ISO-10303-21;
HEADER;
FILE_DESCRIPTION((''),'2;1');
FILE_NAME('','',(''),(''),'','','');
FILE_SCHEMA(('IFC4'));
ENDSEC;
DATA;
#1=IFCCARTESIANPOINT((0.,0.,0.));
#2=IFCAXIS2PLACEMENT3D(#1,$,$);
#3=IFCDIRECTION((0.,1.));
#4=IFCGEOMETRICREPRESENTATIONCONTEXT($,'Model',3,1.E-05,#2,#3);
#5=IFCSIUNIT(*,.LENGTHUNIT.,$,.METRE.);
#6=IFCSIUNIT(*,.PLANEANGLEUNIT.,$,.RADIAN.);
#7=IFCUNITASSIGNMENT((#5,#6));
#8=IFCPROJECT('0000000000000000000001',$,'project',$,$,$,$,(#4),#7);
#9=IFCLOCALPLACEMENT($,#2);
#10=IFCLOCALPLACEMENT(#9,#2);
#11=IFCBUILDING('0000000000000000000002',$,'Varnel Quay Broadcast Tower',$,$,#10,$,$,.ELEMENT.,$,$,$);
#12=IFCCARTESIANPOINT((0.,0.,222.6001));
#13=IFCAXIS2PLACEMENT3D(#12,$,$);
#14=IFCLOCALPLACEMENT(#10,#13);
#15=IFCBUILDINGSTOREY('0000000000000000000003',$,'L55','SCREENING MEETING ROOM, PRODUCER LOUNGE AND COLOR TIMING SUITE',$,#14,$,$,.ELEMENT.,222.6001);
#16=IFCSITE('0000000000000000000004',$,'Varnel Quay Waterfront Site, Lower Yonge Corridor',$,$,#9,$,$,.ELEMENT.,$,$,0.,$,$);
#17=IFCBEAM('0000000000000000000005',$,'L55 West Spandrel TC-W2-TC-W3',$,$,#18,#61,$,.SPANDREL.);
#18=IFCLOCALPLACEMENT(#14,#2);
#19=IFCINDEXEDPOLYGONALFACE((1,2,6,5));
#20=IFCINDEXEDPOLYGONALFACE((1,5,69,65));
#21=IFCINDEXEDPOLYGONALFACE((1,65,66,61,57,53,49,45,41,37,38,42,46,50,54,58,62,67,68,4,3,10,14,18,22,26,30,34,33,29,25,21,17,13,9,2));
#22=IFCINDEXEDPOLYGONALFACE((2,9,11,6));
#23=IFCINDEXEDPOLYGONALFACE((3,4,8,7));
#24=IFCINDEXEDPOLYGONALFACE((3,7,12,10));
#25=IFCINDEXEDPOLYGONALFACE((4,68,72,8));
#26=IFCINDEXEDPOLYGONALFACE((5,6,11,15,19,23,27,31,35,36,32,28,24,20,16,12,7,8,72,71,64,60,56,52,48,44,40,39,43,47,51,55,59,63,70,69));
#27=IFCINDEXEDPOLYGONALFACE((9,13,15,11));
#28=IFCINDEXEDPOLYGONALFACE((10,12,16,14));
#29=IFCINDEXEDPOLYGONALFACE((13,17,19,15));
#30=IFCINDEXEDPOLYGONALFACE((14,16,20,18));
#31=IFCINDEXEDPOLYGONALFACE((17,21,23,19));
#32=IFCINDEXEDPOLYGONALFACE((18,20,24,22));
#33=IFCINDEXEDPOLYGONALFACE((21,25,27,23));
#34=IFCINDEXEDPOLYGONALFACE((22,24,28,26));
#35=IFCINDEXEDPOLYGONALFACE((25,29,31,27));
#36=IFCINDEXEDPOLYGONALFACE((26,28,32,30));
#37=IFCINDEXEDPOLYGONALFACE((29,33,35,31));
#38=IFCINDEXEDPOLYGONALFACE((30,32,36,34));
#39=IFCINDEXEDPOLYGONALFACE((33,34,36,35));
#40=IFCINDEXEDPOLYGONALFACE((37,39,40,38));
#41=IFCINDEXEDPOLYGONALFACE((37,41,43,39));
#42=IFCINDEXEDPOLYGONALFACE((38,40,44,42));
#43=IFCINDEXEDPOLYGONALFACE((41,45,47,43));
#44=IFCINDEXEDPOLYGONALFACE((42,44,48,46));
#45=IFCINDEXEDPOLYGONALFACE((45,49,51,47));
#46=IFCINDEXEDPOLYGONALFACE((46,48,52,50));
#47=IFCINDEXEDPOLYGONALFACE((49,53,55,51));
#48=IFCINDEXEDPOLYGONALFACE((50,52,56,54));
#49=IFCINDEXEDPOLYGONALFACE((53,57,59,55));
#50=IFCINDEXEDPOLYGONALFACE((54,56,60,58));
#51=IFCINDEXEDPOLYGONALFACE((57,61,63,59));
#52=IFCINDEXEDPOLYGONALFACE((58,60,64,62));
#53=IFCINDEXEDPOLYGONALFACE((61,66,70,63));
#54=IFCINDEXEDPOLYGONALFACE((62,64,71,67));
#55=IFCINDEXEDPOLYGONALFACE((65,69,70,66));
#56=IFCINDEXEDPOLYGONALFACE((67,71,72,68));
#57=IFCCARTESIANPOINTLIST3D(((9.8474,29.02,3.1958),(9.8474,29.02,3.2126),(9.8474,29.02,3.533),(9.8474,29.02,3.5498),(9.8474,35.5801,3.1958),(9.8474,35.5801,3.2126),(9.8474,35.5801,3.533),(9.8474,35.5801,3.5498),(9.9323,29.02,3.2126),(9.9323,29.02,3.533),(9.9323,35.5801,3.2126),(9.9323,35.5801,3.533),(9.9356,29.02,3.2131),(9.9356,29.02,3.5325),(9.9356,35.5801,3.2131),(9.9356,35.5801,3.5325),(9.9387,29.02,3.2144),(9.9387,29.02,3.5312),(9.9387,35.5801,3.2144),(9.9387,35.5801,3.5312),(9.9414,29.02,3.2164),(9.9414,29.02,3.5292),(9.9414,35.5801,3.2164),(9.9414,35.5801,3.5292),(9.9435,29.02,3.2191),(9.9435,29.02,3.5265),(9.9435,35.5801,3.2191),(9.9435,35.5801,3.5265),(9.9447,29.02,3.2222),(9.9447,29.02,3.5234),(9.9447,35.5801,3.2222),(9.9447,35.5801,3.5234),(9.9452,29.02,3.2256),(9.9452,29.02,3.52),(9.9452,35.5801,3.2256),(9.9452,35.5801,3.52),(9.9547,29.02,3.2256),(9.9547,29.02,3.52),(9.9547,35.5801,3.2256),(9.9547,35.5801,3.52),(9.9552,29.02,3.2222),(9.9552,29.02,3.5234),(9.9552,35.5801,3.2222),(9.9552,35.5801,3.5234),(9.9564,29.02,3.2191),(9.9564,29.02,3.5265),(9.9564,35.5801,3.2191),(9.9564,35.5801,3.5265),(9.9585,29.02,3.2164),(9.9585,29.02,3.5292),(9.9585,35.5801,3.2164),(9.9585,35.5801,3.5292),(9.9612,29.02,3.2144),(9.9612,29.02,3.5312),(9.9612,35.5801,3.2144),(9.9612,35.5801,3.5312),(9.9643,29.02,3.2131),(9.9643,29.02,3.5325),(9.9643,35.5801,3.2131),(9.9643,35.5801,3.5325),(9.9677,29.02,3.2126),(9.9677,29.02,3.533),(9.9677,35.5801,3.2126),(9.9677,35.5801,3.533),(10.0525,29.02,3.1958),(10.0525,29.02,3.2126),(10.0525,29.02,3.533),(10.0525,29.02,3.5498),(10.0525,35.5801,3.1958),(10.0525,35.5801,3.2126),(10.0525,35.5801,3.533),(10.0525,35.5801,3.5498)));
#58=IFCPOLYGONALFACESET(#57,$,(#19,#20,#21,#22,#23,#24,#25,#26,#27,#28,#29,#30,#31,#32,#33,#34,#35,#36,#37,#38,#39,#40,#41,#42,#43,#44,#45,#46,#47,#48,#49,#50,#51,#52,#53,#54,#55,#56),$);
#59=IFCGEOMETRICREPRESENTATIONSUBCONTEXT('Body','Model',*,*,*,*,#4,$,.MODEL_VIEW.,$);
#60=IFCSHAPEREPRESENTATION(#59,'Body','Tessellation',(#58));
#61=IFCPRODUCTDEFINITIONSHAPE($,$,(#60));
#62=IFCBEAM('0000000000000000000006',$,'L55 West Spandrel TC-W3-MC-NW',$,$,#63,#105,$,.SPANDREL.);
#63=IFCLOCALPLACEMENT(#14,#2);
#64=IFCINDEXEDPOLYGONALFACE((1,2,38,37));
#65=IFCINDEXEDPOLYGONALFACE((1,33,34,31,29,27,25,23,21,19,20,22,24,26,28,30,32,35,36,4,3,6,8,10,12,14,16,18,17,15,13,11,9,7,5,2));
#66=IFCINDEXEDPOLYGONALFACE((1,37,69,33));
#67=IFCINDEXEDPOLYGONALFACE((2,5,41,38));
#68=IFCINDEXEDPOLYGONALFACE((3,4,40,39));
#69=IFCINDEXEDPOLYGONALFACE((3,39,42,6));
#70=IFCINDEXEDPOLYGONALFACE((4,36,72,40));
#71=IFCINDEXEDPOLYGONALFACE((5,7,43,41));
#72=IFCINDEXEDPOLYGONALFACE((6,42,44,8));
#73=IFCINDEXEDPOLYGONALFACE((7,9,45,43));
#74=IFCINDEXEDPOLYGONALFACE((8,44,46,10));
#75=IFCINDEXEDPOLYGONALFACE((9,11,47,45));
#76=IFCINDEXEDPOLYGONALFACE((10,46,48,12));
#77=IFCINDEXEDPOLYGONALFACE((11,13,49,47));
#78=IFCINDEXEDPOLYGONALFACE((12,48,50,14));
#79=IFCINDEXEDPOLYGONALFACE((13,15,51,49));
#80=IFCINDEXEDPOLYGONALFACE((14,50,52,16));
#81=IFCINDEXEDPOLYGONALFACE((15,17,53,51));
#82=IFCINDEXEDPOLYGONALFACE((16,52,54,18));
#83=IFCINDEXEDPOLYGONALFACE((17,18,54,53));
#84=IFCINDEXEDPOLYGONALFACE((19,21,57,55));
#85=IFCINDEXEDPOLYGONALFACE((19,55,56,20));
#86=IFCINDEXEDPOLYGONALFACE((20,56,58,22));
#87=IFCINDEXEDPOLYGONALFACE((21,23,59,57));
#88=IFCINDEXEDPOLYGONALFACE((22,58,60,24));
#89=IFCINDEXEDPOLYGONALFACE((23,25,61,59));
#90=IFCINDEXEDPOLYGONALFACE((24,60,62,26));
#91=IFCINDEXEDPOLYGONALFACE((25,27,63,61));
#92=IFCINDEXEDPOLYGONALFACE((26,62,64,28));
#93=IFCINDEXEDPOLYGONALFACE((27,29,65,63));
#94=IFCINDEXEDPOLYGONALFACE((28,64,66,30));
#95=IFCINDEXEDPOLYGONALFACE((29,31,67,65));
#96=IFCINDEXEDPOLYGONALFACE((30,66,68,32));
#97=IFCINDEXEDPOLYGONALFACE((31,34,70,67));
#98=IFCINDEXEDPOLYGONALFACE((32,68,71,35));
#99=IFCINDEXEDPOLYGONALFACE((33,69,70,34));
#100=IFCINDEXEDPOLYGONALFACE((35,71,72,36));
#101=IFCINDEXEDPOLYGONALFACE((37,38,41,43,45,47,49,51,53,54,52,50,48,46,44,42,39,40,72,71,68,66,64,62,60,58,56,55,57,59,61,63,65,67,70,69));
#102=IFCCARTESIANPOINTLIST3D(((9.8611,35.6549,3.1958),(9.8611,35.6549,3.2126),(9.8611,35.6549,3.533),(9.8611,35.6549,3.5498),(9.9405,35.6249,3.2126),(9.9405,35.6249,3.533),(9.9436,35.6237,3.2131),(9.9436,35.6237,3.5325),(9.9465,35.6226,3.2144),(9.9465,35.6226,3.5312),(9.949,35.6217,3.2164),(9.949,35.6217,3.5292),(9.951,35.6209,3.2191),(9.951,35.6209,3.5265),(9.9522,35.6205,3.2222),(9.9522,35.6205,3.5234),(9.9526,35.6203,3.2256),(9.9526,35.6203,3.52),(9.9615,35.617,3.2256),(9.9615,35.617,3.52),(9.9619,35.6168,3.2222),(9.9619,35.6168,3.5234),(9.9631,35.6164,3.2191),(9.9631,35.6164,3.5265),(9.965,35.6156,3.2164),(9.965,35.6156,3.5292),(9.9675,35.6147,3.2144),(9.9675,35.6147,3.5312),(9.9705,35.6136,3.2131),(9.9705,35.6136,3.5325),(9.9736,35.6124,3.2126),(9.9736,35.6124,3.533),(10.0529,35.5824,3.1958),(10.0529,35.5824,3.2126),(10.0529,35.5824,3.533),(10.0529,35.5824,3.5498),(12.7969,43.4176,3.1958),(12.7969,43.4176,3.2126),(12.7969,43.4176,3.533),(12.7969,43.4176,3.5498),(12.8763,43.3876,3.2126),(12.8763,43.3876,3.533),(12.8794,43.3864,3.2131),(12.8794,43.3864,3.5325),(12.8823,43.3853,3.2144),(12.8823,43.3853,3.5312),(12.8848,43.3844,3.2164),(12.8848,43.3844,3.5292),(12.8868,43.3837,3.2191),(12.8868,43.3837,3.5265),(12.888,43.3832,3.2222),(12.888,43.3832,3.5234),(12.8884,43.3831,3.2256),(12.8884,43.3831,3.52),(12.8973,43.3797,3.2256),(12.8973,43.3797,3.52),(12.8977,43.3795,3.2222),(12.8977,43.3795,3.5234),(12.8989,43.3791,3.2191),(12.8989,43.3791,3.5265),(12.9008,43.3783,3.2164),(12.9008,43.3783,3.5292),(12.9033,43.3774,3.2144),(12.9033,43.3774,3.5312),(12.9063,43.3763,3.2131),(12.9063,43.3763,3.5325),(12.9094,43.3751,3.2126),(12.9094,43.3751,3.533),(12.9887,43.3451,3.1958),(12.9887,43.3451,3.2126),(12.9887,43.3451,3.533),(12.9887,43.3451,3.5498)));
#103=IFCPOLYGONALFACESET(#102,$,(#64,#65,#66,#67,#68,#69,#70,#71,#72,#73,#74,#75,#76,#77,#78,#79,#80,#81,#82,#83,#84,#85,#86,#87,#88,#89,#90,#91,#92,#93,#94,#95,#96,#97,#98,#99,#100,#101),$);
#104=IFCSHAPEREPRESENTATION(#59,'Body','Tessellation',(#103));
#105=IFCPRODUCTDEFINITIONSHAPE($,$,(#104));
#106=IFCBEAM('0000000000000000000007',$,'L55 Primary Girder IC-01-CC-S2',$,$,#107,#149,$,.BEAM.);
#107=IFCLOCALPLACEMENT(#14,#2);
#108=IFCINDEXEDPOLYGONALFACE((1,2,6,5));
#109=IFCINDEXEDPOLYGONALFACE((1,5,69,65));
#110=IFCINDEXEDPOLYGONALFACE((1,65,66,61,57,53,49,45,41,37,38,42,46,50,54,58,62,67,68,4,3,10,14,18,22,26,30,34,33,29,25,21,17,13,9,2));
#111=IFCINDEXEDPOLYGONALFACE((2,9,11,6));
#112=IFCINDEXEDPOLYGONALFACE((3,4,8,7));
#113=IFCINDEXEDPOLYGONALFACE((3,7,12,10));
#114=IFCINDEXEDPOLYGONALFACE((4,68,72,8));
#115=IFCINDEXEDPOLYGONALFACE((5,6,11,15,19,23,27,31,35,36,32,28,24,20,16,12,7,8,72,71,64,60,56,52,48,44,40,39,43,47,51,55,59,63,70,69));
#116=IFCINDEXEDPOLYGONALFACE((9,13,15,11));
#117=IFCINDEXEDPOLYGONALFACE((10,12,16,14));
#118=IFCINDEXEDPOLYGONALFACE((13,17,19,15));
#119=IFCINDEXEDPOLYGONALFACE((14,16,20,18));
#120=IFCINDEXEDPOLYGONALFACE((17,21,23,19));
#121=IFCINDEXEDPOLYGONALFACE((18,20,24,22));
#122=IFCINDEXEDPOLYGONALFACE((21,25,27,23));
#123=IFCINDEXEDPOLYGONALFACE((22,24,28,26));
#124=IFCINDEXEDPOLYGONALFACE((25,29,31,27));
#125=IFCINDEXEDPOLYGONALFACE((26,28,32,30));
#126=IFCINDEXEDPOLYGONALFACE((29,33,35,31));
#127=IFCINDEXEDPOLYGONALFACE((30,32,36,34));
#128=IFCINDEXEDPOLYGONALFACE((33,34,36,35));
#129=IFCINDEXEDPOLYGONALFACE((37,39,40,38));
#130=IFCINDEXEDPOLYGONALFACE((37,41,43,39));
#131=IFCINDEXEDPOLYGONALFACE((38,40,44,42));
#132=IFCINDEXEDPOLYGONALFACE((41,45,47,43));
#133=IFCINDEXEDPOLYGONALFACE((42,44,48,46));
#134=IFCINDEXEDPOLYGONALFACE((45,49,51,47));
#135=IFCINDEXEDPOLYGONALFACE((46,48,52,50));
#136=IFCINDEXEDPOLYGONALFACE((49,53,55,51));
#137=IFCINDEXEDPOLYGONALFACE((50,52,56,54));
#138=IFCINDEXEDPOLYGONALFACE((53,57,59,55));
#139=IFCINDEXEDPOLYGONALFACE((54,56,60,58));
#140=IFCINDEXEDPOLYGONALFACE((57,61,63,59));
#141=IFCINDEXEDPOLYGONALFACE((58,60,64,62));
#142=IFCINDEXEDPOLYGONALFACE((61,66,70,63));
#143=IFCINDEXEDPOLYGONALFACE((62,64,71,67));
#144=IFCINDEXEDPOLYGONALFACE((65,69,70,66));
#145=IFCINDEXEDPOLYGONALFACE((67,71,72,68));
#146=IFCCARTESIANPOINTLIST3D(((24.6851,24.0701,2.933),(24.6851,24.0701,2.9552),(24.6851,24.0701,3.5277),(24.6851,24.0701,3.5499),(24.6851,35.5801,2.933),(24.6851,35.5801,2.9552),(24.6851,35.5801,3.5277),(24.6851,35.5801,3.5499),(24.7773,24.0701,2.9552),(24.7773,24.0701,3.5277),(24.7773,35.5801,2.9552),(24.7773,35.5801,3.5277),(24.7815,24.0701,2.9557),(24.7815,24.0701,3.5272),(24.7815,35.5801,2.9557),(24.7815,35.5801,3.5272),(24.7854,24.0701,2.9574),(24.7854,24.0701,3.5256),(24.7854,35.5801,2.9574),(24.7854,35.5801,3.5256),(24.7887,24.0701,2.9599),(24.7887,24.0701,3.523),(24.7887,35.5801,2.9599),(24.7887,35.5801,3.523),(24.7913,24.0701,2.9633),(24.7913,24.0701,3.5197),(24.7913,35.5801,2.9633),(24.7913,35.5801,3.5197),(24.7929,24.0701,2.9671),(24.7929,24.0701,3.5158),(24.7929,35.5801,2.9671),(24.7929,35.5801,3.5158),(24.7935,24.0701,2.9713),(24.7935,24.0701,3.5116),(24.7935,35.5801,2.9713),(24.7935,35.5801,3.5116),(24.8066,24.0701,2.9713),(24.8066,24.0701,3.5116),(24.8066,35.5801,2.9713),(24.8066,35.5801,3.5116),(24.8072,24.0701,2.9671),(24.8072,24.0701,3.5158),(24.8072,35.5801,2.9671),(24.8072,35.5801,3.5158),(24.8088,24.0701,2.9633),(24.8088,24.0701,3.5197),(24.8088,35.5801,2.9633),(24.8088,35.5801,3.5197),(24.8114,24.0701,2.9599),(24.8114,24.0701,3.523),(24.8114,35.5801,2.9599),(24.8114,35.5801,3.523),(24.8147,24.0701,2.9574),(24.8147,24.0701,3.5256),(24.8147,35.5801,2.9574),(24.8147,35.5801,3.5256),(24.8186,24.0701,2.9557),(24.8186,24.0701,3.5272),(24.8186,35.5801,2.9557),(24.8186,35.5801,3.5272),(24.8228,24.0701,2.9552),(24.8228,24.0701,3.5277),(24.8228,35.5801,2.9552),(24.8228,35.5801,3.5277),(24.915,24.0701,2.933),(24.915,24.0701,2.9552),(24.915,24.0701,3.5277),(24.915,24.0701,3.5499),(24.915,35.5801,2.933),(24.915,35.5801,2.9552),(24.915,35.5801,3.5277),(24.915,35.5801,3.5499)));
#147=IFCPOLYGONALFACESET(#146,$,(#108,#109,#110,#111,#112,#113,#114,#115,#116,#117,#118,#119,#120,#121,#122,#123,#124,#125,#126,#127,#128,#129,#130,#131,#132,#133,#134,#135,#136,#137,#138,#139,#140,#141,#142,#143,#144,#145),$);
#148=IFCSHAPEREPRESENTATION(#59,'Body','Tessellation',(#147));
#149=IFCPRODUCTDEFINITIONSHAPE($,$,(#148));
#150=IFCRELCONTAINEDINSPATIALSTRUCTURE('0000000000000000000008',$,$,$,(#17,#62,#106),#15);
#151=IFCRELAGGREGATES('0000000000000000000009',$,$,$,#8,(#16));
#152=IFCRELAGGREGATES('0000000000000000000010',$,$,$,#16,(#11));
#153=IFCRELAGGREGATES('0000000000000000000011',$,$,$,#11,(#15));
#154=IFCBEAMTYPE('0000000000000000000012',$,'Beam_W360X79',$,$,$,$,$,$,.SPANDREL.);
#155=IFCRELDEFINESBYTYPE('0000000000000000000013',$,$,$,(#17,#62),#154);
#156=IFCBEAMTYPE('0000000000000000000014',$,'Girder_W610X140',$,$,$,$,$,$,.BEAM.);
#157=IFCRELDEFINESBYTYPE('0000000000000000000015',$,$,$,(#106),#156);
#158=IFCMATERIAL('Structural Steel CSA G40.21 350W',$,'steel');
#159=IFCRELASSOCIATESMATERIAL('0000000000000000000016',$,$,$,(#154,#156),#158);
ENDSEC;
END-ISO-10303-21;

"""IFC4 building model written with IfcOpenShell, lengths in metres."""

from ifc_helpers import new_model, si_unit, direction, frame, origin, origin_2d, place, context, subcontext, project, spatial, i_section, extrude, source, transform, mapped, material, material_profile, profile_set, type_object, element, save


model = new_model("IFC4")

# Units and contexts
model_context = context("Model", 3, precision=1e-05, world=origin(), true_north=direction((0.0, 1.0)))
body_context = subcontext(model_context, "Body", "Model", "MODEL_VIEW")
ifc_project = project(units=[si_unit("LENGTHUNIT", "METRE"), si_unit("PLANEANGLEUNIT", "RADIAN")], contexts=[model_context])

# Site, building, storey
site_placement = place(None, origin())
site = spatial("IfcSite", under=ifc_project, at=site_placement, Name="Varnel Quay Waterfront Site, Lower Yonge Corridor", CompositionType="ELEMENT", RefElevation=0.0)
building_placement = place(site_placement, origin())
building = spatial("IfcBuilding", under=site, at=building_placement, Name="Varnel Quay Broadcast Tower", CompositionType="ELEMENT")
storey_placement = place(building_placement, frame((0.0, 0.0, 222.6001)))
storey = spatial("IfcBuildingStorey", under=building, at=storey_placement, Name="L55", Description="SCREENING MEETING ROOM, PRODUCER LOUNGE AND COLOR TIMING SUITE", CompositionType="ELEMENT", Elevation=222.6001)

# Shared definitions
ifc_material_1 = material(Name="Structural Steel CSA G40.21 350W", Category="steel")

# Beams
ifc_material_profile_1 = material_profile(ifc_material_1, i_section(OverallWidth=0.2051, OverallDepth=0.354, WebThickness=0.0095, FlangeThickness=0.0168, FilletRadius=0.0129, at=origin_2d()), Name="W360X79")
ifc_profile_set_1 = profile_set([ifc_material_profile_1], Name="Structural Steel CSA G40.21 350W")
beam_type_1 = type_object("IfcBeamType", Name="Beam_W360X79", PredefinedType="SPANDREL", material=ifc_profile_set_1)
shared_shape_1 = source(origin(), body_context, "Body", "SweptSolid", [
    extrude(i_section(OverallWidth=0.2051, OverallDepth=0.354, WebThickness=0.0095, FlangeThickness=0.0168, FilletRadius=0.0129, at=origin_2d()), origin(), (0.0, 0.0, 1.0), 6.5601),
])
beam_1_placement = place(storey_placement, frame((9.95, 29.02, 3.3728), z_axis=(0.0, 1.0, 0.0), x_axis=(-1.0, 0.0, 0.0)))
element("IfcBeam", 1, at=beam_1_placement, inside=storey, type_object=beam_type_1, Name="L55 West Spandrel TC-W2-TC-W3", PredefinedType="SPANDREL", context=body_context, shape_type="MappedRepresentation", body=[
    mapped(shared_shape_1, transform((0.0, 0.0, 0.0), x_axis=(1.0, 0.0, 0.0), y_axis=(0.0, 1.0, 0.0), z_axis=(0.0, 0.0, 1.0), scale=1.0)),
])
shared_shape_2 = source(origin(), body_context, "Body", "SweptSolid", [
    extrude(i_section(OverallWidth=0.2051, OverallDepth=0.354, WebThickness=0.0095, FlangeThickness=0.0168, FilletRadius=0.0129, at=origin_2d()), origin(), (0.0, 0.0, 1.0), 8.2993),
])
beam_2_placement = place(storey_placement, frame((9.957, 35.6187, 3.3728), z_axis=(0.35374, 0.935344, 0.0), x_axis=(-0.935344, 0.35374, 0.0)))
element("IfcBeam", 2, at=beam_2_placement, inside=storey, type_object=beam_type_1, Name="L55 West Spandrel TC-W3-MC-NW", PredefinedType="SPANDREL", context=body_context, shape_type="MappedRepresentation", body=[
    mapped(shared_shape_2, transform((0.0, 0.0, 0.0), x_axis=(1.0, 0.0, 0.0), y_axis=(0.0, 1.0, 0.0), z_axis=(0.0, 0.0, 1.0), scale=1.0)),
])
ifc_material_profile_2 = material_profile(ifc_material_1, i_section(OverallWidth=0.23, OverallDepth=0.6169, WebThickness=0.0132, FlangeThickness=0.0222, FilletRadius=0.0161, at=origin_2d()), Name="W610X140")
ifc_profile_set_2 = profile_set([ifc_material_profile_2], Name="Structural Steel CSA G40.21 350W")
beam_type_2 = type_object("IfcBeamType", Name="Girder_W610X140", PredefinedType="BEAM", material=ifc_profile_set_2)
shared_shape_3 = source(origin(), body_context, "Body", "SweptSolid", [
    extrude(i_section(OverallWidth=0.23, OverallDepth=0.6169, WebThickness=0.0132, FlangeThickness=0.0222, FilletRadius=0.0161, at=origin_2d()), origin(), (0.0, 0.0, 1.0), 11.51),
])
beam_3_placement = place(storey_placement, frame((24.8, 24.0701, 3.2415), z_axis=(0.0, 1.0, 0.0), x_axis=(-1.0, 0.0, 0.0)))
element("IfcBeam", 3, at=beam_3_placement, inside=storey, type_object=beam_type_2, Name="L55 Primary Girder IC-01-CC-S2", PredefinedType="BEAM", context=body_context, shape_type="MappedRepresentation", body=[
    mapped(shared_shape_3, transform((0.0, 0.0, 0.0), x_axis=(1.0, 0.0, 0.0), y_axis=(0.0, 1.0, 0.0), z_axis=(0.0, 0.0, 1.0), scale=1.0)),
])

save(model, "model.ifc")
